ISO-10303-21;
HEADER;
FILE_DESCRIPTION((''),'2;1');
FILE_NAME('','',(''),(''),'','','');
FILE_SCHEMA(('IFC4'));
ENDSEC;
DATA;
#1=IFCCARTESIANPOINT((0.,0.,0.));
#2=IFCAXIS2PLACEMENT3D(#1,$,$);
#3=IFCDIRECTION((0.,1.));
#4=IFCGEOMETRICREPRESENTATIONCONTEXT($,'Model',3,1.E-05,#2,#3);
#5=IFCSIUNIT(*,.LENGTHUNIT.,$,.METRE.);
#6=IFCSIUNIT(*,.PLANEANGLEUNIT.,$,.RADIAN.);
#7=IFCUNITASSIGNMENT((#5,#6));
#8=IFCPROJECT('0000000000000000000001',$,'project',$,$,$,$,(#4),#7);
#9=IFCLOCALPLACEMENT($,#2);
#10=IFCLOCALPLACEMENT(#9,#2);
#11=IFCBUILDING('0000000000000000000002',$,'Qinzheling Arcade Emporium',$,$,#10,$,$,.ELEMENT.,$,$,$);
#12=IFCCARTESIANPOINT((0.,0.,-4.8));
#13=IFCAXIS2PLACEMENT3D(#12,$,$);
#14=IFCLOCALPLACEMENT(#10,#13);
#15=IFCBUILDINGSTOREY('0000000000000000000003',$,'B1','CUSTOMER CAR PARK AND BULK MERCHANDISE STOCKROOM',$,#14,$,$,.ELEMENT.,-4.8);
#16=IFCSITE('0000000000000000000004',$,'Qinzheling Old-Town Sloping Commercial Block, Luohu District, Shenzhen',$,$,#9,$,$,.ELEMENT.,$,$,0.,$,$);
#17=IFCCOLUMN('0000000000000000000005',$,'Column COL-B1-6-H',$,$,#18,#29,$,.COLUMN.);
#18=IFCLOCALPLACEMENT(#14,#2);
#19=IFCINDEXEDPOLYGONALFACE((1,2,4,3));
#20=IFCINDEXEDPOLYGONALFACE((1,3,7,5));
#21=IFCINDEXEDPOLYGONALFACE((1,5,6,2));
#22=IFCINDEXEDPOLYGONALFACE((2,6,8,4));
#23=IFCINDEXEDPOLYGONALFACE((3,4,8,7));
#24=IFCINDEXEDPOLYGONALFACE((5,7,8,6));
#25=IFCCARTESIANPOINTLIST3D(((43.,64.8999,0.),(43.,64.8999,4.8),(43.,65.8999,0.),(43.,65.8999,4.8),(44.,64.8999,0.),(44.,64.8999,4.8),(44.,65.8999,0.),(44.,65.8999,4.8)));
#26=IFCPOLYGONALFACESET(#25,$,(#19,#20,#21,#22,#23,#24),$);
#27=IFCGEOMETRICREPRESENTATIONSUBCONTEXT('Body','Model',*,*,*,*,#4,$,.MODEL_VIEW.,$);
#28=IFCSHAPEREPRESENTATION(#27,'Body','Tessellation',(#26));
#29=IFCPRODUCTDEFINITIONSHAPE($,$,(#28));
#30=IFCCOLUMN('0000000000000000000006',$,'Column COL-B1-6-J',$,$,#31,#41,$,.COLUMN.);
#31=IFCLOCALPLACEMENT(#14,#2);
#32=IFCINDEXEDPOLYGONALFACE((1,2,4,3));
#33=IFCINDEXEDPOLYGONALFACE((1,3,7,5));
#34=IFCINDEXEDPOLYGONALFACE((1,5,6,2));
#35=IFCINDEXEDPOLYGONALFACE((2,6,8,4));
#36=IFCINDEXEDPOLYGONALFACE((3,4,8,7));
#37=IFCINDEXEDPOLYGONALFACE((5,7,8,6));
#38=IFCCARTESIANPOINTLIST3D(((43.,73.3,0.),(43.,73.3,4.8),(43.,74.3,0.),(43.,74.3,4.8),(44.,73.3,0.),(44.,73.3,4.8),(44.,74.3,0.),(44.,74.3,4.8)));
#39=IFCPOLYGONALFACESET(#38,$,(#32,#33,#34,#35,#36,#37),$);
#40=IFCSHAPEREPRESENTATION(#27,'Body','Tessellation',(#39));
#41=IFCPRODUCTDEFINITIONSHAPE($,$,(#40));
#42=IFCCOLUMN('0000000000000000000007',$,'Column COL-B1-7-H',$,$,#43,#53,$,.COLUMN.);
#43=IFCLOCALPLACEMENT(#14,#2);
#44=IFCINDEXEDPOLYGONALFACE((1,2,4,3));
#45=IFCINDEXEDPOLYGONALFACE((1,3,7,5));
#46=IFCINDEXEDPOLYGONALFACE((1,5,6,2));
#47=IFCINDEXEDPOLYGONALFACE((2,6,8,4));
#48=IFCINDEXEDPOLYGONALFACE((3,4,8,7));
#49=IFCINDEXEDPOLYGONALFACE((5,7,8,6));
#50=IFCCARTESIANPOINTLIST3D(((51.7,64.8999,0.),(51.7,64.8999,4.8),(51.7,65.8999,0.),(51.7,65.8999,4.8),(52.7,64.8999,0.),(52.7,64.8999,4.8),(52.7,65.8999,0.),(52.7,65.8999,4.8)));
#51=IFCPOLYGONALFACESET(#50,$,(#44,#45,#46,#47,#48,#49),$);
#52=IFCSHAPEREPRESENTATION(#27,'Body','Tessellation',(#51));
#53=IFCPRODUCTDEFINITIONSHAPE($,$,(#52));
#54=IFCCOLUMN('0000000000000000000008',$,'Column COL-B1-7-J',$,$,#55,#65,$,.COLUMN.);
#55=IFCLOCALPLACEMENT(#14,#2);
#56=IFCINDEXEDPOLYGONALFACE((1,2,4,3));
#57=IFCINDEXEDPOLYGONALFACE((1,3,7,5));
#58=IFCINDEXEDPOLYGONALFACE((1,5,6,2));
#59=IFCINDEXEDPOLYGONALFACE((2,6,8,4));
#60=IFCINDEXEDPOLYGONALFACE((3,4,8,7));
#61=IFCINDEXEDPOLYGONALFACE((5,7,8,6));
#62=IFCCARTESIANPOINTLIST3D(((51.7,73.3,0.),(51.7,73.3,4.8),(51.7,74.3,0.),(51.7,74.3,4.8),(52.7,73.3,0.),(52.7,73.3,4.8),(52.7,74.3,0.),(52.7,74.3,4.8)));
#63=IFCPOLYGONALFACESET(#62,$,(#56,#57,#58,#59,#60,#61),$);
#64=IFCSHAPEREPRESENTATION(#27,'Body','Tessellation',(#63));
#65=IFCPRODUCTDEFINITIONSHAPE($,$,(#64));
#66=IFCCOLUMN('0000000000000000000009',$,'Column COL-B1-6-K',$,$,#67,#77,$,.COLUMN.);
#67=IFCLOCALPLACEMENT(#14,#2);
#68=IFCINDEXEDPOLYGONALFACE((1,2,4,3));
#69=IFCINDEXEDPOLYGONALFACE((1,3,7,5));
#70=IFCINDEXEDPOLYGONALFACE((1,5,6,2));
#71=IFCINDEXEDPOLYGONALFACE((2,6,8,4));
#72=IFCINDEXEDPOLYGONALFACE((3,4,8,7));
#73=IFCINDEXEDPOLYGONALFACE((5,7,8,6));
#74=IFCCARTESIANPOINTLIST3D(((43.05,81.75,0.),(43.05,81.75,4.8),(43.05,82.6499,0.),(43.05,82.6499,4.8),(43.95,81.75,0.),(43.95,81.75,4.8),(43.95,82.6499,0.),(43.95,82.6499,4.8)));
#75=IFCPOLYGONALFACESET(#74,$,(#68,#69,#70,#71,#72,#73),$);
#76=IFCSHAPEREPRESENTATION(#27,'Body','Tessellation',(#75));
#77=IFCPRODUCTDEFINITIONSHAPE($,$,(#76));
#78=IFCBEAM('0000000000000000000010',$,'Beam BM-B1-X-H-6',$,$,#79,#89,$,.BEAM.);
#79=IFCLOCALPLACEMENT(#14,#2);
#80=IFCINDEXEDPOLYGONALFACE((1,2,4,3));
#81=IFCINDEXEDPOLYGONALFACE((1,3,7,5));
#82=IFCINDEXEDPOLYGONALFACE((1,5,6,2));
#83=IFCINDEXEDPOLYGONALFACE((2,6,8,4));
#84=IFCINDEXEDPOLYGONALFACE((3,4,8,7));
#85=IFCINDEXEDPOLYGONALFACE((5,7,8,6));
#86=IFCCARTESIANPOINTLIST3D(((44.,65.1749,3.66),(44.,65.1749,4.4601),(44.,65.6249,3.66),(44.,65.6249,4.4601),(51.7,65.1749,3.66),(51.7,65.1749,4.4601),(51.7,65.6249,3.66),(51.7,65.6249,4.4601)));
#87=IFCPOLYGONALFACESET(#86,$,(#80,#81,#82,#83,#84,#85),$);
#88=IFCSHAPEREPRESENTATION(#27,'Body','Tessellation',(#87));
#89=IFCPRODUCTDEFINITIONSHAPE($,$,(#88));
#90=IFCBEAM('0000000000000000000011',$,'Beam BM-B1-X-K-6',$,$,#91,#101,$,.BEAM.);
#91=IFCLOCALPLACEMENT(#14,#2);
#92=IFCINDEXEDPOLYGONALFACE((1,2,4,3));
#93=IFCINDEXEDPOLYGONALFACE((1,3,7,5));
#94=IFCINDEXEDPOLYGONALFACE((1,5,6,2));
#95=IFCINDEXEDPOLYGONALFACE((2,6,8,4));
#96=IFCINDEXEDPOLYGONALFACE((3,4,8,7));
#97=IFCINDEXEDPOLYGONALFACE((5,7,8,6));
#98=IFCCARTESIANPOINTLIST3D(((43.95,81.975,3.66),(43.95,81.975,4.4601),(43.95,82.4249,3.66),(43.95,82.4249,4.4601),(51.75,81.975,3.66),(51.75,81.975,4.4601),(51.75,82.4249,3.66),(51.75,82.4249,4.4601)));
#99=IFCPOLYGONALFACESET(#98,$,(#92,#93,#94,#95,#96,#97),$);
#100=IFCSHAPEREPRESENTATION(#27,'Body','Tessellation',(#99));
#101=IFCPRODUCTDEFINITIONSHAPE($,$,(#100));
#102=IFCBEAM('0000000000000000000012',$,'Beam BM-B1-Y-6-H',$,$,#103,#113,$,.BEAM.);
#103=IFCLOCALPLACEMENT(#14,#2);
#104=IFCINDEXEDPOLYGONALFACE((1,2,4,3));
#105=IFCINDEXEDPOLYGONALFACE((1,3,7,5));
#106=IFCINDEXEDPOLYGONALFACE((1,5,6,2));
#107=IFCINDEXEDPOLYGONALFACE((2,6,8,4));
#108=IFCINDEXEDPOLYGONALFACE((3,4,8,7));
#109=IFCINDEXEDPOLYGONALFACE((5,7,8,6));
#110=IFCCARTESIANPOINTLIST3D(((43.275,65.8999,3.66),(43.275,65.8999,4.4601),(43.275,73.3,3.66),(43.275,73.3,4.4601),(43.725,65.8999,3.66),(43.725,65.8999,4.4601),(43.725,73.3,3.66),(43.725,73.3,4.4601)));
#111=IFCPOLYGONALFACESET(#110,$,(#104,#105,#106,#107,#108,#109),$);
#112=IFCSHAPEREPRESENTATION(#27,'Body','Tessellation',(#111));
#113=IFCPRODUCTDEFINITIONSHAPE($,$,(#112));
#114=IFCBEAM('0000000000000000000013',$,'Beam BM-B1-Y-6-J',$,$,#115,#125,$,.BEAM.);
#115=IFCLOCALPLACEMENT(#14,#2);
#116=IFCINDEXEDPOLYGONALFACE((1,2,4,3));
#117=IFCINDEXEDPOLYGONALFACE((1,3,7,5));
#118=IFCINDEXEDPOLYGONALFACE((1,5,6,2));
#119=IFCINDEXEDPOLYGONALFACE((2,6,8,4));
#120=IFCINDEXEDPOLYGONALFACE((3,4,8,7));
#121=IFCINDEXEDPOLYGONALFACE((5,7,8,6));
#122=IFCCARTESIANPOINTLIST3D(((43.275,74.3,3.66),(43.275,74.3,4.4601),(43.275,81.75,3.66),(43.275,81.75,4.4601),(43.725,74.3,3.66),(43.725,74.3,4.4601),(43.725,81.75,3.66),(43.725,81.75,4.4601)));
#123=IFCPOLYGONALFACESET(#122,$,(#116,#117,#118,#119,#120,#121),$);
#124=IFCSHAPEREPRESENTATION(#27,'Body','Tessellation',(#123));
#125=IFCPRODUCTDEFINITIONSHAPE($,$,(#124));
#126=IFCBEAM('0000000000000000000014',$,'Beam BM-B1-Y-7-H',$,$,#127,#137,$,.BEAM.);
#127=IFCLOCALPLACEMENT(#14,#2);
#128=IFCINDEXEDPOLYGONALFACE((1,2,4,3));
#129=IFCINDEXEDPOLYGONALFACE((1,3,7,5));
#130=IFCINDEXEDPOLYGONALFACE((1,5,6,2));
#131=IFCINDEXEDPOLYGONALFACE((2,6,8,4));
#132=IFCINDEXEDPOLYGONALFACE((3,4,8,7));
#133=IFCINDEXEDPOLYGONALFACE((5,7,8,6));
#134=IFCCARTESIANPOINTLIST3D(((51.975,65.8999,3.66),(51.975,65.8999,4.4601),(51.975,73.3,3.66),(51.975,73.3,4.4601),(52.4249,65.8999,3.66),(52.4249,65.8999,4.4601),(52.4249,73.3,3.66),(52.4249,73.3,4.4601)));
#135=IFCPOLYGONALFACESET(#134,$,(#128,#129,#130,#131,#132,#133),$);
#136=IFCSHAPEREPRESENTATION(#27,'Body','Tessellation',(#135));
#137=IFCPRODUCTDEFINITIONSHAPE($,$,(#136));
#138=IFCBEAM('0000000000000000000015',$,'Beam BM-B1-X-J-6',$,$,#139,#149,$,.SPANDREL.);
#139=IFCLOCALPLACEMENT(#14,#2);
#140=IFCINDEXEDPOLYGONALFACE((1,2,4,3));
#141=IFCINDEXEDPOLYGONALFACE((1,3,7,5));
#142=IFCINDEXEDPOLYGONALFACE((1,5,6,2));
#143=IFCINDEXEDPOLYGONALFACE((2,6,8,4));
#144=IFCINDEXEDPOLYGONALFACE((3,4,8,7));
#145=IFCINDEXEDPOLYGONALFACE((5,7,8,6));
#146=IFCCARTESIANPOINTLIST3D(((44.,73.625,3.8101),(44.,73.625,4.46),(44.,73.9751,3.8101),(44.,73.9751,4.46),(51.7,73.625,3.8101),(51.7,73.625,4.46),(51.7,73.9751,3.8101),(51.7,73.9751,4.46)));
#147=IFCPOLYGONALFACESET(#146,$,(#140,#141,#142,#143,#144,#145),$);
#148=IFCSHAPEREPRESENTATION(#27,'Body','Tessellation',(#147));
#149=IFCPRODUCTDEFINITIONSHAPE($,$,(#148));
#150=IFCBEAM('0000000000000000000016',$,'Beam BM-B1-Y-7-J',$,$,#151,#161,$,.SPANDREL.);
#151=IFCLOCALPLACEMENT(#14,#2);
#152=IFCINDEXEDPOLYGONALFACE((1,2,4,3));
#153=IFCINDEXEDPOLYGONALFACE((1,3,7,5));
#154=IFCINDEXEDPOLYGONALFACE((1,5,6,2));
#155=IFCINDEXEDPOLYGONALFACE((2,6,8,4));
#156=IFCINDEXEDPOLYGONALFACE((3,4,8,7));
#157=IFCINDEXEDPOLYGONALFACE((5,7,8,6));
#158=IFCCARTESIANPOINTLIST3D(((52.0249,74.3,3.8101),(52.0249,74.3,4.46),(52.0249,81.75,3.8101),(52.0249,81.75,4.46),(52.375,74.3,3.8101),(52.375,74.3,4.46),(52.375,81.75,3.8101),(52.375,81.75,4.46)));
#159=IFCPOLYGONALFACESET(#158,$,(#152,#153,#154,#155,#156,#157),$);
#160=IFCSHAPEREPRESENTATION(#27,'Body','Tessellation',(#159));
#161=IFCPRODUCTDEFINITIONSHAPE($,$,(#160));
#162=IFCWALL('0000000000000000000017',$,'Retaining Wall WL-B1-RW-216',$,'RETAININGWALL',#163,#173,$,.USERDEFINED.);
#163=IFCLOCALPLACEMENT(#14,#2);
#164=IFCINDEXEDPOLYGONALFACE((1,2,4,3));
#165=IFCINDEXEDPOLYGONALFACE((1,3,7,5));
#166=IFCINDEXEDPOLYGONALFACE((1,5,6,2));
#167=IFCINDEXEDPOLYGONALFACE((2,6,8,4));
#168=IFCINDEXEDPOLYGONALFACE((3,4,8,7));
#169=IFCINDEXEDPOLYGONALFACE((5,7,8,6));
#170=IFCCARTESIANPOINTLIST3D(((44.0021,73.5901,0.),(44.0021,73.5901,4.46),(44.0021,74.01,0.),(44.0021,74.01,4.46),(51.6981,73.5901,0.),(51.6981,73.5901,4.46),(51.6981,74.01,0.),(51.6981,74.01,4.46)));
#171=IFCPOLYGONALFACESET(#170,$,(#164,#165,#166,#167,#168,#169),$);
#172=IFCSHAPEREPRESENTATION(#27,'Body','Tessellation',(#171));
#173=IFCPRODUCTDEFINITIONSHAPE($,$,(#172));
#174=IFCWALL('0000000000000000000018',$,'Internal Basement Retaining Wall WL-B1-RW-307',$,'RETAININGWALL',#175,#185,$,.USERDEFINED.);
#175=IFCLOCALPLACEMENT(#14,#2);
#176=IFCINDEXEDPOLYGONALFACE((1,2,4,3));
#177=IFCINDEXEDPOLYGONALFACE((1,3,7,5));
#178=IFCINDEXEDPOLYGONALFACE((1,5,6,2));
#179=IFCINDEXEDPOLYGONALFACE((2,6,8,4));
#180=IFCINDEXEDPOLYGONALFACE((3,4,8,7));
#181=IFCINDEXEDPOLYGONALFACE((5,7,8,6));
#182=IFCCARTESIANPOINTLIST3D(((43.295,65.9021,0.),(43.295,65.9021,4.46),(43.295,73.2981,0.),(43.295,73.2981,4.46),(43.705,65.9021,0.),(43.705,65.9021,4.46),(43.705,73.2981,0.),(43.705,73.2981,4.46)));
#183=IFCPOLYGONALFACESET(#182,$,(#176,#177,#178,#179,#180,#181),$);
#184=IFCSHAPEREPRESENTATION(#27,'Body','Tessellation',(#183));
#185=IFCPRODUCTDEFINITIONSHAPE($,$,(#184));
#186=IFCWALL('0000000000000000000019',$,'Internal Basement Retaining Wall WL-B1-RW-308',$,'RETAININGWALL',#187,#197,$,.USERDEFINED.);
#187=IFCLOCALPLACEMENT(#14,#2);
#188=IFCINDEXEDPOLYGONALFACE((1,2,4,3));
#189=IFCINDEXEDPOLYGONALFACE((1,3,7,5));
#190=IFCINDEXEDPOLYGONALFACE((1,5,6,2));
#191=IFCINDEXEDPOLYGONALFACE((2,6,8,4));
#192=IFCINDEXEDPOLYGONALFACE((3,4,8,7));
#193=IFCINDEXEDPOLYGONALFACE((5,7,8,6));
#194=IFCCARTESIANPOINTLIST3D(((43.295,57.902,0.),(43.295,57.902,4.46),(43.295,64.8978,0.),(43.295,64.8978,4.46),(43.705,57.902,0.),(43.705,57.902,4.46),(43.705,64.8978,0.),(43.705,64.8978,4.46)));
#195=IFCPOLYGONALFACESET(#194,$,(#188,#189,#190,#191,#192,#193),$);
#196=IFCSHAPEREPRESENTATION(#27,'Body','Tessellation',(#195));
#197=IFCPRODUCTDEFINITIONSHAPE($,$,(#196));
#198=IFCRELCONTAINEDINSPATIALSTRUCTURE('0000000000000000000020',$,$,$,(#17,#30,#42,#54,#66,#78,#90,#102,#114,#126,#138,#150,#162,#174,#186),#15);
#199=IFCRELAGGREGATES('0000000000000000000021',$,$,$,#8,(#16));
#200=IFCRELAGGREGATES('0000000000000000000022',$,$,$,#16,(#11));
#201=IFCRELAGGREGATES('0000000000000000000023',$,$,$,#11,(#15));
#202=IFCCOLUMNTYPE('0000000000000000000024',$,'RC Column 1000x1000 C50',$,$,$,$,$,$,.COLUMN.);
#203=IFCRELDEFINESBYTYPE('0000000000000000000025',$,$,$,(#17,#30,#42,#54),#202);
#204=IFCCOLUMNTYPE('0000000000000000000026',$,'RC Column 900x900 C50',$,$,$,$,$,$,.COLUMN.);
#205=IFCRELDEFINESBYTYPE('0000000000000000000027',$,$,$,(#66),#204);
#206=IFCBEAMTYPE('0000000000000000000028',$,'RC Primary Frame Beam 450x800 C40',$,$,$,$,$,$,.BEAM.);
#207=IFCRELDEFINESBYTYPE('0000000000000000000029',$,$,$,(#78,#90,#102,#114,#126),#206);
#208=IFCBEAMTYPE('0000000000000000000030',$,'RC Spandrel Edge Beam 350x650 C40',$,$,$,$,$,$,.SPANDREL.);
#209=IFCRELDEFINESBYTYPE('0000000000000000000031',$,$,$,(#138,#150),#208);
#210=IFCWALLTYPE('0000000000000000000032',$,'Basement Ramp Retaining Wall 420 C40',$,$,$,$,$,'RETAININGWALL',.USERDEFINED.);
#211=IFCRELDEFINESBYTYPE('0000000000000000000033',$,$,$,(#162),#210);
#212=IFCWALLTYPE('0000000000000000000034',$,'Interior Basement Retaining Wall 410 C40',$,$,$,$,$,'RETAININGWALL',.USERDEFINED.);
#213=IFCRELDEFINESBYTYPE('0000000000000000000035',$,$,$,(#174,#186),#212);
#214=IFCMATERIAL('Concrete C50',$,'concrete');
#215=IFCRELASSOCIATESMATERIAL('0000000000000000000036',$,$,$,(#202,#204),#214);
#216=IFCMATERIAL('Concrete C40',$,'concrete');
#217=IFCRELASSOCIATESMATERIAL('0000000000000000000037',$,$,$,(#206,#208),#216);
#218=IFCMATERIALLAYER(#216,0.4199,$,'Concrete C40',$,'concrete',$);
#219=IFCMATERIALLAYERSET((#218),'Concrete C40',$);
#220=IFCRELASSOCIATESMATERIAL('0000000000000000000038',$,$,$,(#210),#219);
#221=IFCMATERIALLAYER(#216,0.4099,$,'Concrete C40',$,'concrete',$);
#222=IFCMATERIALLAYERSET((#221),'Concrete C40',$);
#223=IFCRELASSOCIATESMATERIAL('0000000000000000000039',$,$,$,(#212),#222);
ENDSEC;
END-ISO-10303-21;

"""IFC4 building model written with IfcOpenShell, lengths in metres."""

from ifc_helpers import new_model, si_unit, direction, frame, frame_2d, origin, origin_2d, place, context, subcontext, project, spatial, rectangle, extrude, material, layer, layer_set, material_profile, profile_set, type_object, element, save


model = new_model("IFC4")

# Units and contexts
model_context = context("Model", 3, precision=1e-05, world=origin(), true_north=direction((0.0, 1.0)))
body_context = subcontext(model_context, "Body", "Model", "MODEL_VIEW")
ifc_project = project(units=[si_unit("LENGTHUNIT", "METRE"), si_unit("PLANEANGLEUNIT", "RADIAN")], contexts=[model_context])

# Site, building, storey
site_placement = place(None, origin())
site = spatial("IfcSite", under=ifc_project, at=site_placement, Name="Qinzheling Old-Town Sloping Commercial Block, Luohu District, Shenzhen", CompositionType="ELEMENT", RefElevation=0.0)
building_placement = place(site_placement, origin())
building = spatial("IfcBuilding", under=site, at=building_placement, Name="Qinzheling Arcade Emporium", CompositionType="ELEMENT")
storey_placement = place(building_placement, frame((0.0, 0.0, -4.8)))
storey = spatial("IfcBuildingStorey", under=building, at=storey_placement, Name="B1", Description="CUSTOMER CAR PARK AND BULK MERCHANDISE STOCKROOM", CompositionType="ELEMENT", Elevation=-4.8)

# Columns
ifc_material_1 = material(Name="Concrete C50", Category="concrete")
ifc_material_profile_1 = material_profile(ifc_material_1, rectangle(XDim=1.0, YDim=1.0, at=origin_2d()), Name="RC 1000x1000", Category="concrete")
ifc_profile_set_1 = profile_set([ifc_material_profile_1], Name="Concrete C50")
column_type_1 = type_object("IfcColumnType", Name="RC Column 1000x1000 C50", PredefinedType="COLUMN", material=ifc_profile_set_1)
for number, where, z_axis, x_axis, name in (
    (1, (43.5, 65.3999, 0.0), (0.0, 0.0, 1.0), (1.0, 0.0, 0.0), "Column COL-B1-6-H"),
    (2, (43.5, 73.8, 0.0), (0.0, 0.0, 1.0), (1.0, 0.0, 0.0), "Column COL-B1-6-J"),
    (3, (52.2, 65.3999, 0.0), (0.0, 0.0, 1.0), (1.0, 0.0, 0.0), "Column COL-B1-7-H"),
    (4, (52.2, 73.8, 0.0), (0.0, 0.0, 1.0), (1.0, 0.0, 0.0), "Column COL-B1-7-J"),
):
    element("IfcColumn", number, at=place(storey_placement, frame(where, z_axis=z_axis, x_axis=x_axis)), inside=storey, type_object=column_type_1, Name=name, PredefinedType="COLUMN", context=body_context, shape_type="SweptSolid", body=[
        extrude(rectangle(XDim=1.0, YDim=1.0, at=origin_2d()), origin(), (0.0, 0.0, 1.0), 4.8),
    ])
ifc_material_profile_2 = material_profile(ifc_material_1, rectangle(XDim=0.8999, YDim=0.8999, at=origin_2d()), Name="RC 900x900", Category="concrete")
ifc_profile_set_2 = profile_set([ifc_material_profile_2], Name="Concrete C50")
column_type_2 = type_object("IfcColumnType", Name="RC Column 900x900 C50", PredefinedType="COLUMN", material=ifc_profile_set_2)
column_placement = place(storey_placement, frame((43.5, 82.2, 0.0), z_axis=(0.0, 0.0, 1.0), x_axis=(1.0, 0.0, 0.0)))
element("IfcColumn", 5, at=column_placement, inside=storey, type_object=column_type_2, Name="Column COL-B1-6-K", PredefinedType="COLUMN", context=body_context, shape_type="SweptSolid", body=[
    extrude(rectangle(XDim=0.8999, YDim=0.8999, at=origin_2d()), origin(), (0.0, 0.0, 1.0), 4.8),
])

# Beams
ifc_material_2 = material(Name="Concrete C40", Category="concrete")
ifc_material_profile_3 = material_profile(ifc_material_2, rectangle(XDim=0.45, YDim=0.8, at=origin_2d()), Name="RC 450x800", Category="concrete")
ifc_profile_set_3 = profile_set([ifc_material_profile_3], Name="Concrete C40")
beam_type_1 = type_object("IfcBeamType", Name="RC Primary Frame Beam 450x800 C40", PredefinedType="BEAM", material=ifc_profile_set_3)
beam_1_placement = place(storey_placement, frame((44.0, 65.3999, 4.0601), z_axis=(1.0, 0.0, 0.0), x_axis=(0.0, 1.0, 0.0)))
element("IfcBeam", 6, at=beam_1_placement, inside=storey, type_object=beam_type_1, Name="Beam BM-B1-X-H-6", PredefinedType="BEAM", context=body_context, shape_type="SweptSolid", body=[
    extrude(rectangle(XDim=0.45, YDim=0.8, at=origin_2d()), origin(), (0.0, 0.0, 1.0), 7.7),
])
beam_2_placement = place(storey_placement, frame((43.95, 82.2, 4.0601), z_axis=(1.0, 0.0, 0.0), x_axis=(0.0, 1.0, 0.0)))
element("IfcBeam", 7, at=beam_2_placement, inside=storey, type_object=beam_type_1, Name="Beam BM-B1-X-K-6", PredefinedType="BEAM", context=body_context, shape_type="SweptSolid", body=[
    extrude(rectangle(XDim=0.45, YDim=0.8, at=origin_2d()), origin(), (0.0, 0.0, 1.0), 7.8),
])
beam_3_placement = place(storey_placement, frame((43.5, 65.8999, 4.0601), z_axis=(0.0, 1.0, 0.0), x_axis=(-1.0, 0.0, 0.0)))
element("IfcBeam", 8, at=beam_3_placement, inside=storey, type_object=beam_type_1, Name="Beam BM-B1-Y-6-H", PredefinedType="BEAM", context=body_context, shape_type="SweptSolid", body=[
    extrude(rectangle(XDim=0.45, YDim=0.8, at=origin_2d()), origin(), (0.0, 0.0, 1.0), 7.4001),
])
beam_4_placement = place(storey_placement, frame((43.5, 74.3, 4.0601), z_axis=(0.0, 1.0, 0.0), x_axis=(-1.0, 0.0, 0.0)))
element("IfcBeam", 9, at=beam_4_placement, inside=storey, type_object=beam_type_1, Name="Beam BM-B1-Y-6-J", PredefinedType="BEAM", context=body_context, shape_type="SweptSolid", body=[
    extrude(rectangle(XDim=0.45, YDim=0.8, at=origin_2d()), origin(), (0.0, 0.0, 1.0), 7.45),
])
beam_5_placement = place(storey_placement, frame((52.2, 65.8999, 4.0601), z_axis=(0.0, 1.0, 0.0), x_axis=(-1.0, 0.0, 0.0)))
element("IfcBeam", 10, at=beam_5_placement, inside=storey, type_object=beam_type_1, Name="Beam BM-B1-Y-7-H", PredefinedType="BEAM", context=body_context, shape_type="SweptSolid", body=[
    extrude(rectangle(XDim=0.45, YDim=0.8, at=origin_2d()), origin(), (0.0, 0.0, 1.0), 7.4001),
])
ifc_material_profile_4 = material_profile(ifc_material_2, rectangle(XDim=0.3501, YDim=0.6499, at=origin_2d()), Name="RC 350x650", Category="concrete")
ifc_profile_set_4 = profile_set([ifc_material_profile_4], Name="Concrete C40")
beam_type_2 = type_object("IfcBeamType", Name="RC Spandrel Edge Beam 350x650 C40", PredefinedType="SPANDREL", material=ifc_profile_set_4)
beam_6_placement = place(storey_placement, frame((44.0, 73.8, 4.135), z_axis=(1.0, 0.0, 0.0), x_axis=(0.0, 1.0, 0.0)))
element("IfcBeam", 11, at=beam_6_placement, inside=storey, type_object=beam_type_2, Name="Beam BM-B1-X-J-6", PredefinedType="SPANDREL", context=body_context, shape_type="SweptSolid", body=[
    extrude(rectangle(XDim=0.3501, YDim=0.6499, at=origin_2d()), origin(), (0.0, 0.0, 1.0), 7.7),
])
beam_7_placement = place(storey_placement, frame((52.2, 74.3, 4.135), z_axis=(0.0, 1.0, 0.0), x_axis=(-1.0, 0.0, 0.0)))
element("IfcBeam", 12, at=beam_7_placement, inside=storey, type_object=beam_type_2, Name="Beam BM-B1-Y-7-J", PredefinedType="SPANDREL", context=body_context, shape_type="SweptSolid", body=[
    extrude(rectangle(XDim=0.3501, YDim=0.6499, at=origin_2d()), origin(), (0.0, 0.0, 1.0), 7.45),
])

# Walls
ifc_layer_1 = layer(ifc_material_2, 0.4199, Name="Concrete C40", Category="concrete")
ifc_layer_set_1 = layer_set([ifc_layer_1], Name="Concrete C40")
wall_type_1 = type_object("IfcWallType", Name="Basement Ramp Retaining Wall 420 C40", ElementType="RETAININGWALL", PredefinedType="USERDEFINED", material=ifc_layer_set_1)
wall_1_placement = place(storey_placement, frame((44.002, 73.8, 0.0), z_axis=(0.0, 0.0, 1.0), x_axis=(1.0, 0.0, 0.0)))
element("IfcWall", 13, at=wall_1_placement, inside=storey, type_object=wall_type_1, Name="Retaining Wall WL-B1-RW-216", ObjectType="RETAININGWALL", PredefinedType="USERDEFINED", context=body_context, shape_type="SweptSolid", body=[
    extrude(rectangle(XDim=7.696, YDim=0.4199, at=frame_2d((3.8481, 0.0))), origin(), (0.0, 0.0, 1.0), 4.46),
])
ifc_layer_2 = layer(ifc_material_2, 0.4099, Name="Concrete C40", Category="concrete")
ifc_layer_set_2 = layer_set([ifc_layer_2], Name="Concrete C40")
wall_type_2 = type_object("IfcWallType", Name="Interior Basement Retaining Wall 410 C40", ElementType="RETAININGWALL", PredefinedType="USERDEFINED", material=ifc_layer_set_2)
wall_2_placement = place(storey_placement, frame((43.5, 73.2981, 0.0), z_axis=(0.0, 0.0, 1.0), x_axis=(0.0, -1.0, 0.0)))
element("IfcWall", 14, at=wall_2_placement, inside=storey, type_object=wall_type_2, Name="Internal Basement Retaining Wall WL-B1-RW-307", ObjectType="RETAININGWALL", PredefinedType="USERDEFINED", context=body_context, shape_type="SweptSolid", body=[
    extrude(rectangle(XDim=7.396, YDim=0.4099, at=frame_2d((3.698, 0.0))), origin(), (0.0, 0.0, 1.0), 4.46),
])
wall_3_placement = place(storey_placement, frame((43.5, 64.8979, 0.0), z_axis=(0.0, 0.0, 1.0), x_axis=(0.0, -1.0, 0.0)))
element("IfcWall", 15, at=wall_3_placement, inside=storey, type_object=wall_type_2, Name="Internal Basement Retaining Wall WL-B1-RW-308", ObjectType="RETAININGWALL", PredefinedType="USERDEFINED", context=body_context, shape_type="SweptSolid", body=[
    extrude(rectangle(XDim=6.9958, YDim=0.4099, at=frame_2d((3.498, 0.0))), origin(), (0.0, 0.0, 1.0), 4.46),
])

save(model, "model.ifc")
